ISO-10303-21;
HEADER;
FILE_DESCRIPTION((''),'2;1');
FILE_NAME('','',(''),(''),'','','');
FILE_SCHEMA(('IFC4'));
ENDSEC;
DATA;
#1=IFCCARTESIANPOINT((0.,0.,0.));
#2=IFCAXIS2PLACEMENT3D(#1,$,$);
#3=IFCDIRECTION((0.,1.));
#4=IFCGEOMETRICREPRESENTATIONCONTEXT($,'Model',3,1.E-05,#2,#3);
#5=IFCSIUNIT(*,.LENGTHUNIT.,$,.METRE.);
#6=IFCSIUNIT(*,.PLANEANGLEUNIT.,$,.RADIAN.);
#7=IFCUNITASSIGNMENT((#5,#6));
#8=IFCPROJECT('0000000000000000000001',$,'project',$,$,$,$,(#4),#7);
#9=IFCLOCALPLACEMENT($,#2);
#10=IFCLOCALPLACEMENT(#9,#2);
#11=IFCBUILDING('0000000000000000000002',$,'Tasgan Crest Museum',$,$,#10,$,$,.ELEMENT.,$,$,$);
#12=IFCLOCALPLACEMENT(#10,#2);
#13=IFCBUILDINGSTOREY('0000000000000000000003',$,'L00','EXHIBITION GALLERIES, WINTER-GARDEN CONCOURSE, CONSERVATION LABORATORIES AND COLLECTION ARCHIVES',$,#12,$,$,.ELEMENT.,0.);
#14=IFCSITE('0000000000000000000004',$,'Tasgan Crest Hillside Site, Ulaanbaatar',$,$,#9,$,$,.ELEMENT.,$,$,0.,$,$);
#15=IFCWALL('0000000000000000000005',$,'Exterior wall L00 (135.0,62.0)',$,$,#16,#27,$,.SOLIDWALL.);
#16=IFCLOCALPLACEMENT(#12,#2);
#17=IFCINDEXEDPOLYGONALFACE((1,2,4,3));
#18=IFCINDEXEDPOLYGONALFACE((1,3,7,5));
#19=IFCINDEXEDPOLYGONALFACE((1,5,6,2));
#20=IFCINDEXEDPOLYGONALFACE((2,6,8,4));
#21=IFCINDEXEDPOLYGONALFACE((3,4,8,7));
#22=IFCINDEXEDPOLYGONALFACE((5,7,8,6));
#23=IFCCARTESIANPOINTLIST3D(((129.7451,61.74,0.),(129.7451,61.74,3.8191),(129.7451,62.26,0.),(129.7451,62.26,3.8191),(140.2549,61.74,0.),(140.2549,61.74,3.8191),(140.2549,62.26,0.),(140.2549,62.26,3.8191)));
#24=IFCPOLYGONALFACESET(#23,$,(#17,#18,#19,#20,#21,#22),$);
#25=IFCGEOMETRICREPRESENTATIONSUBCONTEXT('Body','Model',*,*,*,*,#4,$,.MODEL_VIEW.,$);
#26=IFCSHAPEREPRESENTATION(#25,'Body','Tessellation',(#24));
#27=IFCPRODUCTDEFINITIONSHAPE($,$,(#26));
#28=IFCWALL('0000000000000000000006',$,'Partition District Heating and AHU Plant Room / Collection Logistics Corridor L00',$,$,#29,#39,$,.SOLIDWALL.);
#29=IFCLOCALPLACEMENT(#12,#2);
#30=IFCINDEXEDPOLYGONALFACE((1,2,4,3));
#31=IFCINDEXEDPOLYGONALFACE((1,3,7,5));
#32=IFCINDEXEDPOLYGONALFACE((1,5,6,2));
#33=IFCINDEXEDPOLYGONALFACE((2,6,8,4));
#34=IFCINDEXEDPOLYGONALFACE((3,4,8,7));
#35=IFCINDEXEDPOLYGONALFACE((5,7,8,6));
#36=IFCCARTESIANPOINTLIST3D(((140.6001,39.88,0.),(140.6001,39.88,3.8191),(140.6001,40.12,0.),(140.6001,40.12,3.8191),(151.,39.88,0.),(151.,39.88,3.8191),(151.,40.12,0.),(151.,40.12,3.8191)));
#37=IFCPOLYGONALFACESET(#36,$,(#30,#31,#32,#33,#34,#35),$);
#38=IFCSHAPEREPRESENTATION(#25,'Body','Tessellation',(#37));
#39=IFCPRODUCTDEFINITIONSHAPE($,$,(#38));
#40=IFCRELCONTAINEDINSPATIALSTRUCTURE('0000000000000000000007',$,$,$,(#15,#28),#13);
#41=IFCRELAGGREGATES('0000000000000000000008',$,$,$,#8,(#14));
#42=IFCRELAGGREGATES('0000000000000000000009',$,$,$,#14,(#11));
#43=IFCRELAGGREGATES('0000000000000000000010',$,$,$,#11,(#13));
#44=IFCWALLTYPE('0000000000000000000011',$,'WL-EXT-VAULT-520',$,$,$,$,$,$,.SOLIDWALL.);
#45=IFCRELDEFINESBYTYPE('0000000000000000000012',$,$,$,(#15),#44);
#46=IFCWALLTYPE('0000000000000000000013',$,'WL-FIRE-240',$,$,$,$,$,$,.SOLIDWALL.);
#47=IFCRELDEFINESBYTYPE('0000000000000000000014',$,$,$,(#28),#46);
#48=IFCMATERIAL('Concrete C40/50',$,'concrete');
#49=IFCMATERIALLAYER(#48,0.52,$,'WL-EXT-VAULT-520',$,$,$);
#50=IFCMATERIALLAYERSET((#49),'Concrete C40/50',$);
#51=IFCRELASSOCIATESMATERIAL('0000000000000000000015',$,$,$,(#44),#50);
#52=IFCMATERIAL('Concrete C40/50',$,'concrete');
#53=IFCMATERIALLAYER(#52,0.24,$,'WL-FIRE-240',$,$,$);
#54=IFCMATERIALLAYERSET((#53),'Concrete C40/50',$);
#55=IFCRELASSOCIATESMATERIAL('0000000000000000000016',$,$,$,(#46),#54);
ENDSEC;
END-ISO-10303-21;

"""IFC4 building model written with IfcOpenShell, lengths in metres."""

from ifc_helpers import new_model, si_unit, direction, frame, frame_2d, origin, place, context, subcontext, project, spatial, rectangle, extrude, material, layer, layer_set, type_object, element, save


model = new_model("IFC4")

# Units and contexts
model_context = context("Model", 3, precision=1e-05, world=origin(), true_north=direction((0.0, 1.0)))
body_context = subcontext(model_context, "Body", "Model", "MODEL_VIEW")
ifc_project = project(units=[si_unit("LENGTHUNIT", "METRE"), si_unit("PLANEANGLEUNIT", "RADIAN")], contexts=[model_context])

# Site, building, storey
site_placement = place(None, origin())
site = spatial("IfcSite", under=ifc_project, at=site_placement, Name="Tasgan Crest Hillside Site, Ulaanbaatar", CompositionType="ELEMENT", RefElevation=0.0)
building_placement = place(site_placement, origin())
building = spatial("IfcBuilding", under=site, at=building_placement, Name="Tasgan Crest Museum", CompositionType="ELEMENT")
storey_placement = place(building_placement, origin())
storey = spatial("IfcBuildingStorey", under=building, at=storey_placement, Name="L00", Description="EXHIBITION GALLERIES, WINTER-GARDEN CONCOURSE, CONSERVATION LABORATORIES AND COLLECTION ARCHIVES", CompositionType="ELEMENT", Elevation=0.0)

# Walls
ifc_material_1 = material(Name="Concrete C40/50", Category="concrete")
ifc_layer_1 = layer(ifc_material_1, 0.52, Name="WL-EXT-VAULT-520")
ifc_layer_set_1 = layer_set([ifc_layer_1], Name="Concrete C40/50")
wall_type_1 = type_object("IfcWallType", Name="WL-EXT-VAULT-520", PredefinedType="SOLIDWALL", material=ifc_layer_set_1)
wall_1_placement = place(storey_placement, frame((140.2549, 62.0, 0.0), z_axis=(0.0, 0.0, 1.0), x_axis=(-1.0, 0.0, 0.0)))
element("IfcWall", 1, at=wall_1_placement, inside=storey, type_object=wall_type_1, Name="Exterior wall L00 (135.0,62.0)", PredefinedType="SOLIDWALL", context=body_context, shape_type="SweptSolid", body=[
    extrude(rectangle(XDim=10.5098, YDim=0.52, at=frame_2d((5.2549, 0.0))), origin(), (0.0, 0.0, 1.0), 3.8191),
])
ifc_material_2 = material(Name="Concrete C40/50", Category="concrete")
ifc_layer_2 = layer(ifc_material_2, 0.24, Name="WL-FIRE-240")
ifc_layer_set_2 = layer_set([ifc_layer_2], Name="Concrete C40/50")
wall_type_2 = type_object("IfcWallType", Name="WL-FIRE-240", PredefinedType="SOLIDWALL", material=ifc_layer_set_2)
wall_2_placement = place(storey_placement, frame((140.6001, 40.0, 0.0), z_axis=(0.0, 0.0, 1.0), x_axis=(1.0, 0.0, 0.0)))
element("IfcWall", 2, at=wall_2_placement, inside=storey, type_object=wall_type_2, Name="Partition District Heating and AHU Plant Room / Collection Logistics Corridor L00", PredefinedType="SOLIDWALL", context=body_context, shape_type="SweptSolid", body=[
    extrude(rectangle(XDim=10.3999, YDim=0.24, at=frame_2d((5.2, 0.0))), origin(), (0.0, 0.0, 1.0), 3.8191),
])

save(model, "model.ifc")
